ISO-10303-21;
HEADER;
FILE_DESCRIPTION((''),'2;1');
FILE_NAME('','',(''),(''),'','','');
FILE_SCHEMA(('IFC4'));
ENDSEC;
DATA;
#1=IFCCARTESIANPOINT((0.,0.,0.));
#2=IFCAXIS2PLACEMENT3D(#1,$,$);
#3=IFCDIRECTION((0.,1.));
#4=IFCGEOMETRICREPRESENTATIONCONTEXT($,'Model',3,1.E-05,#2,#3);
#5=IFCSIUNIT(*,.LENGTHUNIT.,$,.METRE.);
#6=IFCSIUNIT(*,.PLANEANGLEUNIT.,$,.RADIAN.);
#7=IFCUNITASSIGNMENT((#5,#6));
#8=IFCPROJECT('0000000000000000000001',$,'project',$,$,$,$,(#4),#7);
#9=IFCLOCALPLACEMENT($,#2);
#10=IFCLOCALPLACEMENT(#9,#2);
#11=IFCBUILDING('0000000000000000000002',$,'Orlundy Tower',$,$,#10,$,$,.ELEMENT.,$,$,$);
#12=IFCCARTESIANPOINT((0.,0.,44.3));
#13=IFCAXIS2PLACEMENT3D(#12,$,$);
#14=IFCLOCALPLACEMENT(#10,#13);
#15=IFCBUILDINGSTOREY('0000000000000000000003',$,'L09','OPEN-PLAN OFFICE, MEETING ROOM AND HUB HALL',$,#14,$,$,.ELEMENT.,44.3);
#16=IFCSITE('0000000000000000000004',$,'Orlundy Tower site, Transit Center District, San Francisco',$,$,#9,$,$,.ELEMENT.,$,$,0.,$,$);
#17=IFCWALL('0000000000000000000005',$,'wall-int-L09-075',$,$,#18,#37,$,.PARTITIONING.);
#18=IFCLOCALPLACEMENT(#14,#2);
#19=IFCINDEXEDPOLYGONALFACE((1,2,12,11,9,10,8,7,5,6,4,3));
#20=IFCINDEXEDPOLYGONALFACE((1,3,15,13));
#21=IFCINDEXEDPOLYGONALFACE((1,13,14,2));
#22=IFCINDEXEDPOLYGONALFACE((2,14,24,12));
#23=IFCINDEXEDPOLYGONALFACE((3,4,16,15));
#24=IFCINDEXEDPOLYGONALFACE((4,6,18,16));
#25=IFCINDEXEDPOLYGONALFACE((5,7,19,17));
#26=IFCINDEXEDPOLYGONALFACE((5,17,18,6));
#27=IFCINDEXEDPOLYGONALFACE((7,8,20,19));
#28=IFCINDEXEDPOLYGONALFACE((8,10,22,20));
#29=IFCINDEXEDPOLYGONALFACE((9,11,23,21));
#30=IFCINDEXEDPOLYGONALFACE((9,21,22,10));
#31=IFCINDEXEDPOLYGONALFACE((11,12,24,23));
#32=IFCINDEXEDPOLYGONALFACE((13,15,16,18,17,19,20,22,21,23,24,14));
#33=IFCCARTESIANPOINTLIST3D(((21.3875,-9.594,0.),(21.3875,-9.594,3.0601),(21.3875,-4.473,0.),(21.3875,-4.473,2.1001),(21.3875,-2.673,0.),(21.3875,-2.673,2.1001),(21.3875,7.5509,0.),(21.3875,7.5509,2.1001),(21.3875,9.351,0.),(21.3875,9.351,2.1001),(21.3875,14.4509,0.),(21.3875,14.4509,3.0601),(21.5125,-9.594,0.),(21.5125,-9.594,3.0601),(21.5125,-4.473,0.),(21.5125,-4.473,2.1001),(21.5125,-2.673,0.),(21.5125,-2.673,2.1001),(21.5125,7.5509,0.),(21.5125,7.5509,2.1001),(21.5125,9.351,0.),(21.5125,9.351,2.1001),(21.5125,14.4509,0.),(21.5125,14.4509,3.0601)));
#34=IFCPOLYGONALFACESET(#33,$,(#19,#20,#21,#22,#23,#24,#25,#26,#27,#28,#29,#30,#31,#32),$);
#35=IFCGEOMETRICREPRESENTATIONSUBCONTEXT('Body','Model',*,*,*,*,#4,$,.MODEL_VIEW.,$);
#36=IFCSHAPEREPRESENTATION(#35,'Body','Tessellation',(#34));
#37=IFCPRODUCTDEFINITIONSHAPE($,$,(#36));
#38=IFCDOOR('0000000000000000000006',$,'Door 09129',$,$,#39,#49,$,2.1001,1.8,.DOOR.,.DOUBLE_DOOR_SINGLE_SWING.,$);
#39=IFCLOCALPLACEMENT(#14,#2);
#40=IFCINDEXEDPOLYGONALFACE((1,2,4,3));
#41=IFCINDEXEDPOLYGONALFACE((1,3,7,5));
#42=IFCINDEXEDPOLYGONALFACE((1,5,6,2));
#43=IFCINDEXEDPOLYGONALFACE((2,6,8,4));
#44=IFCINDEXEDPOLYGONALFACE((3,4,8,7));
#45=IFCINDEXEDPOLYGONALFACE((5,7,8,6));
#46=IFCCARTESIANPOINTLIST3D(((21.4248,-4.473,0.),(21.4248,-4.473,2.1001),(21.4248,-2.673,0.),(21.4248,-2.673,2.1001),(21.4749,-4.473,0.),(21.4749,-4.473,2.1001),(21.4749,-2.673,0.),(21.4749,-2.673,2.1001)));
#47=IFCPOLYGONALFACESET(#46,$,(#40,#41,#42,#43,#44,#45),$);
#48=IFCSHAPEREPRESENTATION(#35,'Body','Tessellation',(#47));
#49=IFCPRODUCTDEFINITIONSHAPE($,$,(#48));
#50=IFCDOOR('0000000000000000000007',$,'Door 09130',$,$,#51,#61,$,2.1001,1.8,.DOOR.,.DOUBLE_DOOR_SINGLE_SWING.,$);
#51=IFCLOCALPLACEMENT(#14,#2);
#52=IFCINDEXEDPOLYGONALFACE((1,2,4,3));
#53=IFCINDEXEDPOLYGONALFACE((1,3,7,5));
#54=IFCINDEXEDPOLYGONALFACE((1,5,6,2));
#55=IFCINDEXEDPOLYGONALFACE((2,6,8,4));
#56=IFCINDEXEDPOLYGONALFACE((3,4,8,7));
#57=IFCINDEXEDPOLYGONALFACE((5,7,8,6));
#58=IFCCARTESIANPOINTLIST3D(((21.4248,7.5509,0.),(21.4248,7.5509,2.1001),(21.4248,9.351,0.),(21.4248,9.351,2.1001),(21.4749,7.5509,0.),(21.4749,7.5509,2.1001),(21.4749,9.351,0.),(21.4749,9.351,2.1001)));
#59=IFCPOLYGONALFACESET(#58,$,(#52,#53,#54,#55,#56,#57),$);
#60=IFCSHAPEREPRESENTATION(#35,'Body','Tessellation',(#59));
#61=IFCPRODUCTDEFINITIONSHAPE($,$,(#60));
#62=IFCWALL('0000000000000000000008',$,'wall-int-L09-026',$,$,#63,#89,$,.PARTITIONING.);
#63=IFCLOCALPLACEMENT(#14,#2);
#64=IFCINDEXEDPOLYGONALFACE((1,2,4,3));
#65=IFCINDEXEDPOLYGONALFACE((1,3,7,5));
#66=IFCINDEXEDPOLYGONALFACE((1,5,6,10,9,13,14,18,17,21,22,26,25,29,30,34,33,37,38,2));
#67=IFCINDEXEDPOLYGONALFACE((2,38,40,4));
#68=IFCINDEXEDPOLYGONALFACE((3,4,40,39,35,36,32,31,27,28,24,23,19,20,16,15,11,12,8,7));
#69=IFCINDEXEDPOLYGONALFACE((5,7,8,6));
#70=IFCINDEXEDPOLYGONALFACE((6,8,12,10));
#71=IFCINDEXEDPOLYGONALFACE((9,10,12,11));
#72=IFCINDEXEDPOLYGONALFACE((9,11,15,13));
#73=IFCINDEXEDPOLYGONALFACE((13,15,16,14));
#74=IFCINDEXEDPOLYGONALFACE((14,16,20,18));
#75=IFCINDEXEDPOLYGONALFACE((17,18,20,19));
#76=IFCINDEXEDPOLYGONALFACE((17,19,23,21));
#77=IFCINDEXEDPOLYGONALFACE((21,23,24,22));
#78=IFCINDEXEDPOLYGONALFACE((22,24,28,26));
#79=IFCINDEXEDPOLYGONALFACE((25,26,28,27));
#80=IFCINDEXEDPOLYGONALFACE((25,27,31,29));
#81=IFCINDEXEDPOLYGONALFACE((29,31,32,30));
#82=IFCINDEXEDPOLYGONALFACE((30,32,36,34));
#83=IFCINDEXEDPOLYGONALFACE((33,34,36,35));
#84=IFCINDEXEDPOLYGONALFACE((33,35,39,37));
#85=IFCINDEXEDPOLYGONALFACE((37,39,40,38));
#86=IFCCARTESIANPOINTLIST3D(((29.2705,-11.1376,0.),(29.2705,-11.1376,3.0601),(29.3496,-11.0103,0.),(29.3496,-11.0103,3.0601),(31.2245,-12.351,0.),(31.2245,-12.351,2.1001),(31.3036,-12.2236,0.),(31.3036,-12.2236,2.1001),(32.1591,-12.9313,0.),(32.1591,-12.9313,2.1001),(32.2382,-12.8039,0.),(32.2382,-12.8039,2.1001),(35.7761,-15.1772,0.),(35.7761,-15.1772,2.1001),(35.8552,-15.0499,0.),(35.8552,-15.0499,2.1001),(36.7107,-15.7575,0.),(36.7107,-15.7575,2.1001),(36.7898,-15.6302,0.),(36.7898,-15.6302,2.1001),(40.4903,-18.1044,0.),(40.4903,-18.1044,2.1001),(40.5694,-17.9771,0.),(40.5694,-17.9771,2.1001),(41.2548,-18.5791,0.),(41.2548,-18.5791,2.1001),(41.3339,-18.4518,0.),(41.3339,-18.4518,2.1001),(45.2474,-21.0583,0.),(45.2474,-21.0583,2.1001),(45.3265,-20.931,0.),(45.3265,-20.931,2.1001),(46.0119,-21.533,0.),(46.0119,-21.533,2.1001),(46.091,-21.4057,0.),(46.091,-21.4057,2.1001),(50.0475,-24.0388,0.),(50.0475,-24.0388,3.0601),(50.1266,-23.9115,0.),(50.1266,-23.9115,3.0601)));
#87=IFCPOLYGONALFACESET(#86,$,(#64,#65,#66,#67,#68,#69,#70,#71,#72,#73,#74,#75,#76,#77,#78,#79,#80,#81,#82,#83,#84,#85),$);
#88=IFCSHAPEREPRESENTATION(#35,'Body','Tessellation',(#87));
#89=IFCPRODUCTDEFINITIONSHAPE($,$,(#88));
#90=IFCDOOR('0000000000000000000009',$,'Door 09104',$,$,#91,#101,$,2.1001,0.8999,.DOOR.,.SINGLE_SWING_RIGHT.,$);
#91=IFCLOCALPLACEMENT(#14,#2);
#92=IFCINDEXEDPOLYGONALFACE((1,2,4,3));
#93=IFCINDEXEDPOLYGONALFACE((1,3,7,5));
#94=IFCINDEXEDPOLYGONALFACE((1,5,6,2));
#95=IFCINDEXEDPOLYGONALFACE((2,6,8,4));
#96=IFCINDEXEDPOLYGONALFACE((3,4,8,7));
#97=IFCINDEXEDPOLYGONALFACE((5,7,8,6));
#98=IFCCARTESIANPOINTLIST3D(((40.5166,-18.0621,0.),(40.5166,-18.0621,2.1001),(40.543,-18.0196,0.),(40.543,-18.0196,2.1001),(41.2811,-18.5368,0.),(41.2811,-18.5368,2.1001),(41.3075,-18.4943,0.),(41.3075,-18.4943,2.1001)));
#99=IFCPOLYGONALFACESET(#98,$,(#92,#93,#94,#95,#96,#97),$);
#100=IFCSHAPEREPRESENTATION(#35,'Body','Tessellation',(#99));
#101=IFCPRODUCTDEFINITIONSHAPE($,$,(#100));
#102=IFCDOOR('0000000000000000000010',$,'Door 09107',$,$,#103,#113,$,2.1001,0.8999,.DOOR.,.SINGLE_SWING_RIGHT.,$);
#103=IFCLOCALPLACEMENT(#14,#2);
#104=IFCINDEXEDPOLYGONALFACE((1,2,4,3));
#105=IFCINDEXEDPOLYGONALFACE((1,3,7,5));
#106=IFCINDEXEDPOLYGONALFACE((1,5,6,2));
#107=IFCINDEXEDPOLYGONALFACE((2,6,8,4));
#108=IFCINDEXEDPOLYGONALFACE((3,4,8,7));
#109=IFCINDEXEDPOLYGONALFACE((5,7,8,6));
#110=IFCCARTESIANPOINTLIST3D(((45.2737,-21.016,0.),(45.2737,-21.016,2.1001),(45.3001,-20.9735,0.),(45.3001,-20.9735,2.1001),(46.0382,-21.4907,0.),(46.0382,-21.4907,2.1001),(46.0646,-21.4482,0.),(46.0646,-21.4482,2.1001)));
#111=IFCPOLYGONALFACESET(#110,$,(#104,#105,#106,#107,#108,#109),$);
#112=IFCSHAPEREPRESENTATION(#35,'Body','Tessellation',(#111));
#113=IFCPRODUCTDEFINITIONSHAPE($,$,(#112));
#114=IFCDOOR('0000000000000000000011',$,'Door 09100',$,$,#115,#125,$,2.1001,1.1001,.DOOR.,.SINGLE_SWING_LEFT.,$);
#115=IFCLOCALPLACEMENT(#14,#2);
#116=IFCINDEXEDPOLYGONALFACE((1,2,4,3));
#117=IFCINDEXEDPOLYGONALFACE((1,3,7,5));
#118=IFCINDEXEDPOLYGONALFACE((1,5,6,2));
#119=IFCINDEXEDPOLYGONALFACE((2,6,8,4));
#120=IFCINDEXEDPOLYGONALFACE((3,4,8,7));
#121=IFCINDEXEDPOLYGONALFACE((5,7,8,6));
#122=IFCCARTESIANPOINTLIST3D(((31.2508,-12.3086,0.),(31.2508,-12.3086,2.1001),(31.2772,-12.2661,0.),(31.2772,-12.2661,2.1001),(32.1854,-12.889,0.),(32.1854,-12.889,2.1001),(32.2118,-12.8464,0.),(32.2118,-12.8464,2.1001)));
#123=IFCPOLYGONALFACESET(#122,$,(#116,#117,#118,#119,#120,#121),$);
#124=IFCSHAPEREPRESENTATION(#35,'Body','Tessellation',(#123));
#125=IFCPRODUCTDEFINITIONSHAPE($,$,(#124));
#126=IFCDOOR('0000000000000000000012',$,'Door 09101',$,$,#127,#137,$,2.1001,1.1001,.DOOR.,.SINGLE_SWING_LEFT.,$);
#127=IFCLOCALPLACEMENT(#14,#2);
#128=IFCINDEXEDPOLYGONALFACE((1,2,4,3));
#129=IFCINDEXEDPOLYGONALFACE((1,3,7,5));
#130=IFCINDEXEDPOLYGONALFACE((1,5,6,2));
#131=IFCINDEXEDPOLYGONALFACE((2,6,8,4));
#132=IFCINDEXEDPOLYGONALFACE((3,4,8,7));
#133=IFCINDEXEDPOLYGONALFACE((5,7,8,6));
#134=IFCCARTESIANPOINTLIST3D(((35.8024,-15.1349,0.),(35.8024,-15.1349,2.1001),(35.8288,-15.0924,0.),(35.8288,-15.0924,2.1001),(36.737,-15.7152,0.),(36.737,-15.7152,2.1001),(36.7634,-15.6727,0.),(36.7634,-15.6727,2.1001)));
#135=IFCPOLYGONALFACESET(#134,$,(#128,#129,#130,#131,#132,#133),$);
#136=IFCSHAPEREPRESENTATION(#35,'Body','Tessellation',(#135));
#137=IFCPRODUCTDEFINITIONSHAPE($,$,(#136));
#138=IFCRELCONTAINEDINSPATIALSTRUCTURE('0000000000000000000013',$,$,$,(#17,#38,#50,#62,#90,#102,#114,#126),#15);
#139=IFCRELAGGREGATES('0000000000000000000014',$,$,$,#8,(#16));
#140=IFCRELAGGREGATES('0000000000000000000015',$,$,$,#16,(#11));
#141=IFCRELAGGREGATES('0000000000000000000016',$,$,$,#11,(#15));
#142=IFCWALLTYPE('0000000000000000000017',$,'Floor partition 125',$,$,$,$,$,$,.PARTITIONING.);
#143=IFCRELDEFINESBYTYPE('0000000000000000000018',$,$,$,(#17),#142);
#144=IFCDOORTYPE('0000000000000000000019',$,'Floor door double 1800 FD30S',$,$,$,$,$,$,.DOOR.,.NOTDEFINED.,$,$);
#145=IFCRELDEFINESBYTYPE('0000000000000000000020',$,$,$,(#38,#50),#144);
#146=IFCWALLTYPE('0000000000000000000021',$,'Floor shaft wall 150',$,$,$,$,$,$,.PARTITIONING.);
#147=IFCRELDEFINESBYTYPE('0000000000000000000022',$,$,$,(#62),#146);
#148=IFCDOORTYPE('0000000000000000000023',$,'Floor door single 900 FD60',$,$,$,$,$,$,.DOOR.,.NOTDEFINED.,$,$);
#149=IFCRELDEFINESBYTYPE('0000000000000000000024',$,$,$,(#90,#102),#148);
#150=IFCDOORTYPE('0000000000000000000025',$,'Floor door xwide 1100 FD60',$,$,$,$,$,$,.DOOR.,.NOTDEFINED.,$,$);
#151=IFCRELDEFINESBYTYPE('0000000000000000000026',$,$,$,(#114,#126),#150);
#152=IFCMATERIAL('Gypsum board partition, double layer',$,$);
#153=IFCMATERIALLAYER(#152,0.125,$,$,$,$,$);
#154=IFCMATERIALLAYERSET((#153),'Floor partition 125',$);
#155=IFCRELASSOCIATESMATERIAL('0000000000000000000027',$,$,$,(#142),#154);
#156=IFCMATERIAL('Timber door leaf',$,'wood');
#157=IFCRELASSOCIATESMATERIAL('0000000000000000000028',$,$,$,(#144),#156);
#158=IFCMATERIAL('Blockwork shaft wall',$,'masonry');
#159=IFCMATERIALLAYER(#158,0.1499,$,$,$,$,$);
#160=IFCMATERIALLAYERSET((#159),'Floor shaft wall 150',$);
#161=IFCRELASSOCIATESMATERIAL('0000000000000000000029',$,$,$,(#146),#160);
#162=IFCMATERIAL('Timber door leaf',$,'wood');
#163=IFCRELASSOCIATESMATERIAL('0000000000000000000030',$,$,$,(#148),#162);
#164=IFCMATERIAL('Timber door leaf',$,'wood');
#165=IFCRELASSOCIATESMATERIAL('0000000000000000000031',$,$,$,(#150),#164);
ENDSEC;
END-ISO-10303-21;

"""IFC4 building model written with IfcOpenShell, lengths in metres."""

from ifc_helpers import new_model, si_unit, direction, frame, frame_2d, origin, place, context, subcontext, project, spatial, rectangle, extrude, material, layer, layer_set, type_object, element, fill, save


model = new_model("IFC4")

# Units and contexts
model_context = context("Model", 3, precision=1e-05, world=origin(), true_north=direction((0.0, 1.0)))
body_context = subcontext(model_context, "Body", "Model", "MODEL_VIEW")
ifc_project = project(units=[si_unit("LENGTHUNIT", "METRE"), si_unit("PLANEANGLEUNIT", "RADIAN")], contexts=[model_context])

# Site, building, storey
site_placement = place(None, origin())
site = spatial("IfcSite", under=ifc_project, at=site_placement, Name="Orlundy Tower site, Transit Center District, San Francisco", CompositionType="ELEMENT", RefElevation=0.0)
building_placement = place(site_placement, origin())
building = spatial("IfcBuilding", under=site, at=building_placement, Name="Orlundy Tower", CompositionType="ELEMENT")
storey_placement = place(building_placement, frame((0.0, 0.0, 44.3)))
storey = spatial("IfcBuildingStorey", under=building, at=storey_placement, Name="L09", Description="OPEN-PLAN OFFICE, MEETING ROOM AND HUB HALL", CompositionType="ELEMENT", Elevation=44.3)

# Shared definitions
ifc_material_1 = material(Name="Gypsum board partition, double layer")
ifc_layer_1 = layer(ifc_material_1, 0.125)
ifc_layer_set_1 = layer_set([ifc_layer_1], Name="Floor partition 125")
wall_type_1 = type_object("IfcWallType", Name="Floor partition 125", PredefinedType="PARTITIONING", material=ifc_layer_set_1)

# Walls, openings, doors
wall_1_placement = place(storey_placement, frame((21.45, 14.4509, 0.0), z_axis=(0.0, 0.0, 1.0), x_axis=(0.0, -1.0, 0.0)))
wall_1 = element("IfcWall", 1, at=wall_1_placement, inside=storey, type_object=wall_type_1, Name="wall-int-L09-075", PredefinedType="PARTITIONING", context=body_context, shape_type="SweptSolid", body=[
    extrude(rectangle(XDim=24.0449, YDim=0.125, at=frame_2d((12.0225, 0.0))), origin(), (0.0, 0.0, 1.0), 3.0601),
])
opening_1_placement = place(wall_1_placement, frame((17.124, 0.0, 0.0)))
opening_1 = element("IfcOpeningElement", 2, at=opening_1_placement, cuts=wall_1, PredefinedType="OPENING", context=body_context, shape_type="SweptSolid", body=[
    extrude(rectangle(XDim=1.8, YDim=2.1001, at=frame_2d((0.8999, 1.05))), frame((0.0, 0.0725, 0.0), z_axis=(0.0, -1.0, 0.0), x_axis=(1.0, 0.0, 0.0)), (0.0, 0.0, 1.0), 0.145),
])
opening_2_placement = place(wall_1_placement, frame((5.1001, 0.0, 0.0)))
opening_2 = element("IfcOpeningElement", 3, at=opening_2_placement, cuts=wall_1, PredefinedType="OPENING", context=body_context, shape_type="SweptSolid", body=[
    extrude(rectangle(XDim=1.8, YDim=2.1001, at=frame_2d((0.8999, 1.05))), frame((0.0, 0.0725, 0.0), z_axis=(0.0, -1.0, 0.0), x_axis=(1.0, 0.0, 0.0)), (0.0, 0.0, 1.0), 0.145),
])
ifc_material_2 = material(Name="Timber door leaf", Category="wood")
door_type_1 = type_object("IfcDoorType", Name="Floor door double 1800 FD30S", OperationType="NOTDEFINED", PredefinedType="DOOR", material=ifc_material_2)
door_1_placement = place(opening_1_placement, origin())
door_1 = element("IfcDoor", 4, at=door_1_placement, inside=storey, type_object=door_type_1, Name="Door 09129", OperationType="DOUBLE_DOOR_SINGLE_SWING", OverallHeight=2.1001, OverallWidth=1.8, PredefinedType="DOOR", context=body_context, shape_type="SweptSolid", body=[
    extrude(rectangle(XDim=1.8, YDim=2.1001, at=frame_2d((0.8999, 1.05))), frame((0.0, 0.0249, 0.0), z_axis=(0.0, -1.0, 0.0), x_axis=(1.0, 0.0, 0.0)), (0.0, 0.0, 1.0), 0.05),
])
fill(opening_1, door_1)
door_2_placement = place(opening_2_placement, origin())
door_2 = element("IfcDoor", 5, at=door_2_placement, inside=storey, type_object=door_type_1, Name="Door 09130", OperationType="DOUBLE_DOOR_SINGLE_SWING", OverallHeight=2.1001, OverallWidth=1.8, PredefinedType="DOOR", context=body_context, shape_type="SweptSolid", body=[
    extrude(rectangle(XDim=1.8, YDim=2.1001, at=frame_2d((0.8999, 1.05))), frame((0.0, 0.0249, 0.0), z_axis=(0.0, -1.0, 0.0), x_axis=(1.0, 0.0, 0.0)), (0.0, 0.0, 1.0), 0.05),
])
fill(opening_2, door_2)
ifc_material_3 = material(Name="Blockwork shaft wall", Category="masonry")
ifc_layer_2 = layer(ifc_material_3, 0.1499)
ifc_layer_set_2 = layer_set([ifc_layer_2], Name="Floor shaft wall 150")
wall_type_2 = type_object("IfcWallType", Name="Floor shaft wall 150", PredefinedType="PARTITIONING", material=ifc_layer_set_2)
wall_2_placement = place(storey_placement, frame((29.3101, -11.074, 0.0), z_axis=(0.0, 0.0, 1.0), x_axis=(0.849546, -0.527515, 0.0)))
wall_2 = element("IfcWall", 6, at=wall_2_placement, inside=storey, type_object=wall_type_2, Name="wall-int-L09-026", PredefinedType="PARTITIONING", context=body_context, shape_type="SweptSolid", body=[
    extrude(rectangle(XDim=24.4565, YDim=0.1499, at=frame_2d((12.2283, 0.0))), origin(), (0.0, 0.0, 1.0), 3.0601),
])
opening_3_placement = place(wall_2_placement, frame((2.3, 0.0, 0.0)))
opening_3 = element("IfcOpeningElement", 7, at=opening_3_placement, cuts=wall_2, PredefinedType="OPENING", context=body_context, shape_type="SweptSolid", body=[
    extrude(rectangle(XDim=1.1001, YDim=2.1001, at=frame_2d((0.55, 1.05))), frame((0.0, 0.085, 0.0), z_axis=(0.0, -1.0, 0.0), x_axis=(1.0, 0.0, 0.0)), (0.0, 0.0, 1.0), 0.1699),
])
opening_4_placement = place(wall_2_placement, frame((7.6577, 0.0, 0.0)))
opening_4 = element("IfcOpeningElement", 8, at=opening_4_placement, cuts=wall_2, PredefinedType="OPENING", context=body_context, shape_type="SweptSolid", body=[
    extrude(rectangle(XDim=1.1001, YDim=2.1001, at=frame_2d((0.55, 1.05))), frame((0.0, 0.085, 0.0), z_axis=(0.0, -1.0, 0.0), x_axis=(1.0, 0.0, 0.0)), (0.0, 0.0, 1.0), 0.1699),
])
opening_5_placement = place(wall_2_placement, frame((13.2068, 0.0, 0.0)))
opening_5 = element("IfcOpeningElement", 9, at=opening_5_placement, cuts=wall_2, PredefinedType="OPENING", context=body_context, shape_type="SweptSolid", body=[
    extrude(rectangle(XDim=0.8999, YDim=2.1001, at=frame_2d((0.45, 1.05))), frame((0.0, 0.085, 0.0), z_axis=(0.0, -1.0, 0.0), x_axis=(1.0, 0.0, 0.0)), (0.0, 0.0, 1.0), 0.1699),
])
opening_6_placement = place(wall_2_placement, frame((18.8064, 0.0, 0.0)))
opening_6 = element("IfcOpeningElement", 10, at=opening_6_placement, cuts=wall_2, PredefinedType="OPENING", context=body_context, shape_type="SweptSolid", body=[
    extrude(rectangle(XDim=0.8999, YDim=2.1001, at=frame_2d((0.45, 1.05))), frame((0.0, 0.085, 0.0), z_axis=(0.0, -1.0, 0.0), x_axis=(1.0, 0.0, 0.0)), (0.0, 0.0, 1.0), 0.1699),
])
ifc_material_4 = material(Name="Timber door leaf", Category="wood")
door_type_2 = type_object("IfcDoorType", Name="Floor door single 900 FD60", OperationType="NOTDEFINED", PredefinedType="DOOR", material=ifc_material_4)
door_3_placement = place(opening_5_placement, origin())
door_3 = element("IfcDoor", 11, at=door_3_placement, inside=storey, type_object=door_type_2, Name="Door 09104", OperationType="SINGLE_SWING_RIGHT", OverallHeight=2.1001, OverallWidth=0.8999, PredefinedType="DOOR", context=body_context, shape_type="SweptSolid", body=[
    extrude(rectangle(XDim=0.8999, YDim=2.1001, at=frame_2d((0.45, 1.05))), frame((0.0, 0.0249, 0.0), z_axis=(0.0, -1.0, 0.0), x_axis=(1.0, 0.0, 0.0)), (0.0, 0.0, 1.0), 0.05),
])
fill(opening_5, door_3)
door_4_placement = place(opening_6_placement, origin())
door_4 = element("IfcDoor", 12, at=door_4_placement, inside=storey, type_object=door_type_2, Name="Door 09107", OperationType="SINGLE_SWING_RIGHT", OverallHeight=2.1001, OverallWidth=0.8999, PredefinedType="DOOR", context=body_context, shape_type="SweptSolid", body=[
    extrude(rectangle(XDim=0.8999, YDim=2.1001, at=frame_2d((0.45, 1.05))), frame((0.0, 0.0249, 0.0), z_axis=(0.0, -1.0, 0.0), x_axis=(1.0, 0.0, 0.0)), (0.0, 0.0, 1.0), 0.05),
])
fill(opening_6, door_4)
ifc_material_5 = material(Name="Timber door leaf", Category="wood")
door_type_3 = type_object("IfcDoorType", Name="Floor door xwide 1100 FD60", OperationType="NOTDEFINED", PredefinedType="DOOR", material=ifc_material_5)
door_5_placement = place(opening_3_placement, origin())
door_5 = element("IfcDoor", 13, at=door_5_placement, inside=storey, type_object=door_type_3, Name="Door 09100", OperationType="SINGLE_SWING_LEFT", OverallHeight=2.1001, OverallWidth=1.1001, PredefinedType="DOOR", context=body_context, shape_type="SweptSolid", body=[
    extrude(rectangle(XDim=1.1001, YDim=2.1001, at=frame_2d((0.55, 1.05))), frame((0.0, 0.0249, 0.0), z_axis=(0.0, -1.0, 0.0), x_axis=(1.0, 0.0, 0.0)), (0.0, 0.0, 1.0), 0.05),
])
fill(opening_3, door_5)
door_6_placement = place(opening_4_placement, origin())
door_6 = element("IfcDoor", 14, at=door_6_placement, inside=storey, type_object=door_type_3, Name="Door 09101", OperationType="SINGLE_SWING_LEFT", OverallHeight=2.1001, OverallWidth=1.1001, PredefinedType="DOOR", context=body_context, shape_type="SweptSolid", body=[
    extrude(rectangle(XDim=1.1001, YDim=2.1001, at=frame_2d((0.55, 1.05))), frame((0.0, 0.0249, 0.0), z_axis=(0.0, -1.0, 0.0), x_axis=(1.0, 0.0, 0.0)), (0.0, 0.0, 1.0), 0.05),
])
fill(opening_4, door_6)

save(model, "model.ifc")
